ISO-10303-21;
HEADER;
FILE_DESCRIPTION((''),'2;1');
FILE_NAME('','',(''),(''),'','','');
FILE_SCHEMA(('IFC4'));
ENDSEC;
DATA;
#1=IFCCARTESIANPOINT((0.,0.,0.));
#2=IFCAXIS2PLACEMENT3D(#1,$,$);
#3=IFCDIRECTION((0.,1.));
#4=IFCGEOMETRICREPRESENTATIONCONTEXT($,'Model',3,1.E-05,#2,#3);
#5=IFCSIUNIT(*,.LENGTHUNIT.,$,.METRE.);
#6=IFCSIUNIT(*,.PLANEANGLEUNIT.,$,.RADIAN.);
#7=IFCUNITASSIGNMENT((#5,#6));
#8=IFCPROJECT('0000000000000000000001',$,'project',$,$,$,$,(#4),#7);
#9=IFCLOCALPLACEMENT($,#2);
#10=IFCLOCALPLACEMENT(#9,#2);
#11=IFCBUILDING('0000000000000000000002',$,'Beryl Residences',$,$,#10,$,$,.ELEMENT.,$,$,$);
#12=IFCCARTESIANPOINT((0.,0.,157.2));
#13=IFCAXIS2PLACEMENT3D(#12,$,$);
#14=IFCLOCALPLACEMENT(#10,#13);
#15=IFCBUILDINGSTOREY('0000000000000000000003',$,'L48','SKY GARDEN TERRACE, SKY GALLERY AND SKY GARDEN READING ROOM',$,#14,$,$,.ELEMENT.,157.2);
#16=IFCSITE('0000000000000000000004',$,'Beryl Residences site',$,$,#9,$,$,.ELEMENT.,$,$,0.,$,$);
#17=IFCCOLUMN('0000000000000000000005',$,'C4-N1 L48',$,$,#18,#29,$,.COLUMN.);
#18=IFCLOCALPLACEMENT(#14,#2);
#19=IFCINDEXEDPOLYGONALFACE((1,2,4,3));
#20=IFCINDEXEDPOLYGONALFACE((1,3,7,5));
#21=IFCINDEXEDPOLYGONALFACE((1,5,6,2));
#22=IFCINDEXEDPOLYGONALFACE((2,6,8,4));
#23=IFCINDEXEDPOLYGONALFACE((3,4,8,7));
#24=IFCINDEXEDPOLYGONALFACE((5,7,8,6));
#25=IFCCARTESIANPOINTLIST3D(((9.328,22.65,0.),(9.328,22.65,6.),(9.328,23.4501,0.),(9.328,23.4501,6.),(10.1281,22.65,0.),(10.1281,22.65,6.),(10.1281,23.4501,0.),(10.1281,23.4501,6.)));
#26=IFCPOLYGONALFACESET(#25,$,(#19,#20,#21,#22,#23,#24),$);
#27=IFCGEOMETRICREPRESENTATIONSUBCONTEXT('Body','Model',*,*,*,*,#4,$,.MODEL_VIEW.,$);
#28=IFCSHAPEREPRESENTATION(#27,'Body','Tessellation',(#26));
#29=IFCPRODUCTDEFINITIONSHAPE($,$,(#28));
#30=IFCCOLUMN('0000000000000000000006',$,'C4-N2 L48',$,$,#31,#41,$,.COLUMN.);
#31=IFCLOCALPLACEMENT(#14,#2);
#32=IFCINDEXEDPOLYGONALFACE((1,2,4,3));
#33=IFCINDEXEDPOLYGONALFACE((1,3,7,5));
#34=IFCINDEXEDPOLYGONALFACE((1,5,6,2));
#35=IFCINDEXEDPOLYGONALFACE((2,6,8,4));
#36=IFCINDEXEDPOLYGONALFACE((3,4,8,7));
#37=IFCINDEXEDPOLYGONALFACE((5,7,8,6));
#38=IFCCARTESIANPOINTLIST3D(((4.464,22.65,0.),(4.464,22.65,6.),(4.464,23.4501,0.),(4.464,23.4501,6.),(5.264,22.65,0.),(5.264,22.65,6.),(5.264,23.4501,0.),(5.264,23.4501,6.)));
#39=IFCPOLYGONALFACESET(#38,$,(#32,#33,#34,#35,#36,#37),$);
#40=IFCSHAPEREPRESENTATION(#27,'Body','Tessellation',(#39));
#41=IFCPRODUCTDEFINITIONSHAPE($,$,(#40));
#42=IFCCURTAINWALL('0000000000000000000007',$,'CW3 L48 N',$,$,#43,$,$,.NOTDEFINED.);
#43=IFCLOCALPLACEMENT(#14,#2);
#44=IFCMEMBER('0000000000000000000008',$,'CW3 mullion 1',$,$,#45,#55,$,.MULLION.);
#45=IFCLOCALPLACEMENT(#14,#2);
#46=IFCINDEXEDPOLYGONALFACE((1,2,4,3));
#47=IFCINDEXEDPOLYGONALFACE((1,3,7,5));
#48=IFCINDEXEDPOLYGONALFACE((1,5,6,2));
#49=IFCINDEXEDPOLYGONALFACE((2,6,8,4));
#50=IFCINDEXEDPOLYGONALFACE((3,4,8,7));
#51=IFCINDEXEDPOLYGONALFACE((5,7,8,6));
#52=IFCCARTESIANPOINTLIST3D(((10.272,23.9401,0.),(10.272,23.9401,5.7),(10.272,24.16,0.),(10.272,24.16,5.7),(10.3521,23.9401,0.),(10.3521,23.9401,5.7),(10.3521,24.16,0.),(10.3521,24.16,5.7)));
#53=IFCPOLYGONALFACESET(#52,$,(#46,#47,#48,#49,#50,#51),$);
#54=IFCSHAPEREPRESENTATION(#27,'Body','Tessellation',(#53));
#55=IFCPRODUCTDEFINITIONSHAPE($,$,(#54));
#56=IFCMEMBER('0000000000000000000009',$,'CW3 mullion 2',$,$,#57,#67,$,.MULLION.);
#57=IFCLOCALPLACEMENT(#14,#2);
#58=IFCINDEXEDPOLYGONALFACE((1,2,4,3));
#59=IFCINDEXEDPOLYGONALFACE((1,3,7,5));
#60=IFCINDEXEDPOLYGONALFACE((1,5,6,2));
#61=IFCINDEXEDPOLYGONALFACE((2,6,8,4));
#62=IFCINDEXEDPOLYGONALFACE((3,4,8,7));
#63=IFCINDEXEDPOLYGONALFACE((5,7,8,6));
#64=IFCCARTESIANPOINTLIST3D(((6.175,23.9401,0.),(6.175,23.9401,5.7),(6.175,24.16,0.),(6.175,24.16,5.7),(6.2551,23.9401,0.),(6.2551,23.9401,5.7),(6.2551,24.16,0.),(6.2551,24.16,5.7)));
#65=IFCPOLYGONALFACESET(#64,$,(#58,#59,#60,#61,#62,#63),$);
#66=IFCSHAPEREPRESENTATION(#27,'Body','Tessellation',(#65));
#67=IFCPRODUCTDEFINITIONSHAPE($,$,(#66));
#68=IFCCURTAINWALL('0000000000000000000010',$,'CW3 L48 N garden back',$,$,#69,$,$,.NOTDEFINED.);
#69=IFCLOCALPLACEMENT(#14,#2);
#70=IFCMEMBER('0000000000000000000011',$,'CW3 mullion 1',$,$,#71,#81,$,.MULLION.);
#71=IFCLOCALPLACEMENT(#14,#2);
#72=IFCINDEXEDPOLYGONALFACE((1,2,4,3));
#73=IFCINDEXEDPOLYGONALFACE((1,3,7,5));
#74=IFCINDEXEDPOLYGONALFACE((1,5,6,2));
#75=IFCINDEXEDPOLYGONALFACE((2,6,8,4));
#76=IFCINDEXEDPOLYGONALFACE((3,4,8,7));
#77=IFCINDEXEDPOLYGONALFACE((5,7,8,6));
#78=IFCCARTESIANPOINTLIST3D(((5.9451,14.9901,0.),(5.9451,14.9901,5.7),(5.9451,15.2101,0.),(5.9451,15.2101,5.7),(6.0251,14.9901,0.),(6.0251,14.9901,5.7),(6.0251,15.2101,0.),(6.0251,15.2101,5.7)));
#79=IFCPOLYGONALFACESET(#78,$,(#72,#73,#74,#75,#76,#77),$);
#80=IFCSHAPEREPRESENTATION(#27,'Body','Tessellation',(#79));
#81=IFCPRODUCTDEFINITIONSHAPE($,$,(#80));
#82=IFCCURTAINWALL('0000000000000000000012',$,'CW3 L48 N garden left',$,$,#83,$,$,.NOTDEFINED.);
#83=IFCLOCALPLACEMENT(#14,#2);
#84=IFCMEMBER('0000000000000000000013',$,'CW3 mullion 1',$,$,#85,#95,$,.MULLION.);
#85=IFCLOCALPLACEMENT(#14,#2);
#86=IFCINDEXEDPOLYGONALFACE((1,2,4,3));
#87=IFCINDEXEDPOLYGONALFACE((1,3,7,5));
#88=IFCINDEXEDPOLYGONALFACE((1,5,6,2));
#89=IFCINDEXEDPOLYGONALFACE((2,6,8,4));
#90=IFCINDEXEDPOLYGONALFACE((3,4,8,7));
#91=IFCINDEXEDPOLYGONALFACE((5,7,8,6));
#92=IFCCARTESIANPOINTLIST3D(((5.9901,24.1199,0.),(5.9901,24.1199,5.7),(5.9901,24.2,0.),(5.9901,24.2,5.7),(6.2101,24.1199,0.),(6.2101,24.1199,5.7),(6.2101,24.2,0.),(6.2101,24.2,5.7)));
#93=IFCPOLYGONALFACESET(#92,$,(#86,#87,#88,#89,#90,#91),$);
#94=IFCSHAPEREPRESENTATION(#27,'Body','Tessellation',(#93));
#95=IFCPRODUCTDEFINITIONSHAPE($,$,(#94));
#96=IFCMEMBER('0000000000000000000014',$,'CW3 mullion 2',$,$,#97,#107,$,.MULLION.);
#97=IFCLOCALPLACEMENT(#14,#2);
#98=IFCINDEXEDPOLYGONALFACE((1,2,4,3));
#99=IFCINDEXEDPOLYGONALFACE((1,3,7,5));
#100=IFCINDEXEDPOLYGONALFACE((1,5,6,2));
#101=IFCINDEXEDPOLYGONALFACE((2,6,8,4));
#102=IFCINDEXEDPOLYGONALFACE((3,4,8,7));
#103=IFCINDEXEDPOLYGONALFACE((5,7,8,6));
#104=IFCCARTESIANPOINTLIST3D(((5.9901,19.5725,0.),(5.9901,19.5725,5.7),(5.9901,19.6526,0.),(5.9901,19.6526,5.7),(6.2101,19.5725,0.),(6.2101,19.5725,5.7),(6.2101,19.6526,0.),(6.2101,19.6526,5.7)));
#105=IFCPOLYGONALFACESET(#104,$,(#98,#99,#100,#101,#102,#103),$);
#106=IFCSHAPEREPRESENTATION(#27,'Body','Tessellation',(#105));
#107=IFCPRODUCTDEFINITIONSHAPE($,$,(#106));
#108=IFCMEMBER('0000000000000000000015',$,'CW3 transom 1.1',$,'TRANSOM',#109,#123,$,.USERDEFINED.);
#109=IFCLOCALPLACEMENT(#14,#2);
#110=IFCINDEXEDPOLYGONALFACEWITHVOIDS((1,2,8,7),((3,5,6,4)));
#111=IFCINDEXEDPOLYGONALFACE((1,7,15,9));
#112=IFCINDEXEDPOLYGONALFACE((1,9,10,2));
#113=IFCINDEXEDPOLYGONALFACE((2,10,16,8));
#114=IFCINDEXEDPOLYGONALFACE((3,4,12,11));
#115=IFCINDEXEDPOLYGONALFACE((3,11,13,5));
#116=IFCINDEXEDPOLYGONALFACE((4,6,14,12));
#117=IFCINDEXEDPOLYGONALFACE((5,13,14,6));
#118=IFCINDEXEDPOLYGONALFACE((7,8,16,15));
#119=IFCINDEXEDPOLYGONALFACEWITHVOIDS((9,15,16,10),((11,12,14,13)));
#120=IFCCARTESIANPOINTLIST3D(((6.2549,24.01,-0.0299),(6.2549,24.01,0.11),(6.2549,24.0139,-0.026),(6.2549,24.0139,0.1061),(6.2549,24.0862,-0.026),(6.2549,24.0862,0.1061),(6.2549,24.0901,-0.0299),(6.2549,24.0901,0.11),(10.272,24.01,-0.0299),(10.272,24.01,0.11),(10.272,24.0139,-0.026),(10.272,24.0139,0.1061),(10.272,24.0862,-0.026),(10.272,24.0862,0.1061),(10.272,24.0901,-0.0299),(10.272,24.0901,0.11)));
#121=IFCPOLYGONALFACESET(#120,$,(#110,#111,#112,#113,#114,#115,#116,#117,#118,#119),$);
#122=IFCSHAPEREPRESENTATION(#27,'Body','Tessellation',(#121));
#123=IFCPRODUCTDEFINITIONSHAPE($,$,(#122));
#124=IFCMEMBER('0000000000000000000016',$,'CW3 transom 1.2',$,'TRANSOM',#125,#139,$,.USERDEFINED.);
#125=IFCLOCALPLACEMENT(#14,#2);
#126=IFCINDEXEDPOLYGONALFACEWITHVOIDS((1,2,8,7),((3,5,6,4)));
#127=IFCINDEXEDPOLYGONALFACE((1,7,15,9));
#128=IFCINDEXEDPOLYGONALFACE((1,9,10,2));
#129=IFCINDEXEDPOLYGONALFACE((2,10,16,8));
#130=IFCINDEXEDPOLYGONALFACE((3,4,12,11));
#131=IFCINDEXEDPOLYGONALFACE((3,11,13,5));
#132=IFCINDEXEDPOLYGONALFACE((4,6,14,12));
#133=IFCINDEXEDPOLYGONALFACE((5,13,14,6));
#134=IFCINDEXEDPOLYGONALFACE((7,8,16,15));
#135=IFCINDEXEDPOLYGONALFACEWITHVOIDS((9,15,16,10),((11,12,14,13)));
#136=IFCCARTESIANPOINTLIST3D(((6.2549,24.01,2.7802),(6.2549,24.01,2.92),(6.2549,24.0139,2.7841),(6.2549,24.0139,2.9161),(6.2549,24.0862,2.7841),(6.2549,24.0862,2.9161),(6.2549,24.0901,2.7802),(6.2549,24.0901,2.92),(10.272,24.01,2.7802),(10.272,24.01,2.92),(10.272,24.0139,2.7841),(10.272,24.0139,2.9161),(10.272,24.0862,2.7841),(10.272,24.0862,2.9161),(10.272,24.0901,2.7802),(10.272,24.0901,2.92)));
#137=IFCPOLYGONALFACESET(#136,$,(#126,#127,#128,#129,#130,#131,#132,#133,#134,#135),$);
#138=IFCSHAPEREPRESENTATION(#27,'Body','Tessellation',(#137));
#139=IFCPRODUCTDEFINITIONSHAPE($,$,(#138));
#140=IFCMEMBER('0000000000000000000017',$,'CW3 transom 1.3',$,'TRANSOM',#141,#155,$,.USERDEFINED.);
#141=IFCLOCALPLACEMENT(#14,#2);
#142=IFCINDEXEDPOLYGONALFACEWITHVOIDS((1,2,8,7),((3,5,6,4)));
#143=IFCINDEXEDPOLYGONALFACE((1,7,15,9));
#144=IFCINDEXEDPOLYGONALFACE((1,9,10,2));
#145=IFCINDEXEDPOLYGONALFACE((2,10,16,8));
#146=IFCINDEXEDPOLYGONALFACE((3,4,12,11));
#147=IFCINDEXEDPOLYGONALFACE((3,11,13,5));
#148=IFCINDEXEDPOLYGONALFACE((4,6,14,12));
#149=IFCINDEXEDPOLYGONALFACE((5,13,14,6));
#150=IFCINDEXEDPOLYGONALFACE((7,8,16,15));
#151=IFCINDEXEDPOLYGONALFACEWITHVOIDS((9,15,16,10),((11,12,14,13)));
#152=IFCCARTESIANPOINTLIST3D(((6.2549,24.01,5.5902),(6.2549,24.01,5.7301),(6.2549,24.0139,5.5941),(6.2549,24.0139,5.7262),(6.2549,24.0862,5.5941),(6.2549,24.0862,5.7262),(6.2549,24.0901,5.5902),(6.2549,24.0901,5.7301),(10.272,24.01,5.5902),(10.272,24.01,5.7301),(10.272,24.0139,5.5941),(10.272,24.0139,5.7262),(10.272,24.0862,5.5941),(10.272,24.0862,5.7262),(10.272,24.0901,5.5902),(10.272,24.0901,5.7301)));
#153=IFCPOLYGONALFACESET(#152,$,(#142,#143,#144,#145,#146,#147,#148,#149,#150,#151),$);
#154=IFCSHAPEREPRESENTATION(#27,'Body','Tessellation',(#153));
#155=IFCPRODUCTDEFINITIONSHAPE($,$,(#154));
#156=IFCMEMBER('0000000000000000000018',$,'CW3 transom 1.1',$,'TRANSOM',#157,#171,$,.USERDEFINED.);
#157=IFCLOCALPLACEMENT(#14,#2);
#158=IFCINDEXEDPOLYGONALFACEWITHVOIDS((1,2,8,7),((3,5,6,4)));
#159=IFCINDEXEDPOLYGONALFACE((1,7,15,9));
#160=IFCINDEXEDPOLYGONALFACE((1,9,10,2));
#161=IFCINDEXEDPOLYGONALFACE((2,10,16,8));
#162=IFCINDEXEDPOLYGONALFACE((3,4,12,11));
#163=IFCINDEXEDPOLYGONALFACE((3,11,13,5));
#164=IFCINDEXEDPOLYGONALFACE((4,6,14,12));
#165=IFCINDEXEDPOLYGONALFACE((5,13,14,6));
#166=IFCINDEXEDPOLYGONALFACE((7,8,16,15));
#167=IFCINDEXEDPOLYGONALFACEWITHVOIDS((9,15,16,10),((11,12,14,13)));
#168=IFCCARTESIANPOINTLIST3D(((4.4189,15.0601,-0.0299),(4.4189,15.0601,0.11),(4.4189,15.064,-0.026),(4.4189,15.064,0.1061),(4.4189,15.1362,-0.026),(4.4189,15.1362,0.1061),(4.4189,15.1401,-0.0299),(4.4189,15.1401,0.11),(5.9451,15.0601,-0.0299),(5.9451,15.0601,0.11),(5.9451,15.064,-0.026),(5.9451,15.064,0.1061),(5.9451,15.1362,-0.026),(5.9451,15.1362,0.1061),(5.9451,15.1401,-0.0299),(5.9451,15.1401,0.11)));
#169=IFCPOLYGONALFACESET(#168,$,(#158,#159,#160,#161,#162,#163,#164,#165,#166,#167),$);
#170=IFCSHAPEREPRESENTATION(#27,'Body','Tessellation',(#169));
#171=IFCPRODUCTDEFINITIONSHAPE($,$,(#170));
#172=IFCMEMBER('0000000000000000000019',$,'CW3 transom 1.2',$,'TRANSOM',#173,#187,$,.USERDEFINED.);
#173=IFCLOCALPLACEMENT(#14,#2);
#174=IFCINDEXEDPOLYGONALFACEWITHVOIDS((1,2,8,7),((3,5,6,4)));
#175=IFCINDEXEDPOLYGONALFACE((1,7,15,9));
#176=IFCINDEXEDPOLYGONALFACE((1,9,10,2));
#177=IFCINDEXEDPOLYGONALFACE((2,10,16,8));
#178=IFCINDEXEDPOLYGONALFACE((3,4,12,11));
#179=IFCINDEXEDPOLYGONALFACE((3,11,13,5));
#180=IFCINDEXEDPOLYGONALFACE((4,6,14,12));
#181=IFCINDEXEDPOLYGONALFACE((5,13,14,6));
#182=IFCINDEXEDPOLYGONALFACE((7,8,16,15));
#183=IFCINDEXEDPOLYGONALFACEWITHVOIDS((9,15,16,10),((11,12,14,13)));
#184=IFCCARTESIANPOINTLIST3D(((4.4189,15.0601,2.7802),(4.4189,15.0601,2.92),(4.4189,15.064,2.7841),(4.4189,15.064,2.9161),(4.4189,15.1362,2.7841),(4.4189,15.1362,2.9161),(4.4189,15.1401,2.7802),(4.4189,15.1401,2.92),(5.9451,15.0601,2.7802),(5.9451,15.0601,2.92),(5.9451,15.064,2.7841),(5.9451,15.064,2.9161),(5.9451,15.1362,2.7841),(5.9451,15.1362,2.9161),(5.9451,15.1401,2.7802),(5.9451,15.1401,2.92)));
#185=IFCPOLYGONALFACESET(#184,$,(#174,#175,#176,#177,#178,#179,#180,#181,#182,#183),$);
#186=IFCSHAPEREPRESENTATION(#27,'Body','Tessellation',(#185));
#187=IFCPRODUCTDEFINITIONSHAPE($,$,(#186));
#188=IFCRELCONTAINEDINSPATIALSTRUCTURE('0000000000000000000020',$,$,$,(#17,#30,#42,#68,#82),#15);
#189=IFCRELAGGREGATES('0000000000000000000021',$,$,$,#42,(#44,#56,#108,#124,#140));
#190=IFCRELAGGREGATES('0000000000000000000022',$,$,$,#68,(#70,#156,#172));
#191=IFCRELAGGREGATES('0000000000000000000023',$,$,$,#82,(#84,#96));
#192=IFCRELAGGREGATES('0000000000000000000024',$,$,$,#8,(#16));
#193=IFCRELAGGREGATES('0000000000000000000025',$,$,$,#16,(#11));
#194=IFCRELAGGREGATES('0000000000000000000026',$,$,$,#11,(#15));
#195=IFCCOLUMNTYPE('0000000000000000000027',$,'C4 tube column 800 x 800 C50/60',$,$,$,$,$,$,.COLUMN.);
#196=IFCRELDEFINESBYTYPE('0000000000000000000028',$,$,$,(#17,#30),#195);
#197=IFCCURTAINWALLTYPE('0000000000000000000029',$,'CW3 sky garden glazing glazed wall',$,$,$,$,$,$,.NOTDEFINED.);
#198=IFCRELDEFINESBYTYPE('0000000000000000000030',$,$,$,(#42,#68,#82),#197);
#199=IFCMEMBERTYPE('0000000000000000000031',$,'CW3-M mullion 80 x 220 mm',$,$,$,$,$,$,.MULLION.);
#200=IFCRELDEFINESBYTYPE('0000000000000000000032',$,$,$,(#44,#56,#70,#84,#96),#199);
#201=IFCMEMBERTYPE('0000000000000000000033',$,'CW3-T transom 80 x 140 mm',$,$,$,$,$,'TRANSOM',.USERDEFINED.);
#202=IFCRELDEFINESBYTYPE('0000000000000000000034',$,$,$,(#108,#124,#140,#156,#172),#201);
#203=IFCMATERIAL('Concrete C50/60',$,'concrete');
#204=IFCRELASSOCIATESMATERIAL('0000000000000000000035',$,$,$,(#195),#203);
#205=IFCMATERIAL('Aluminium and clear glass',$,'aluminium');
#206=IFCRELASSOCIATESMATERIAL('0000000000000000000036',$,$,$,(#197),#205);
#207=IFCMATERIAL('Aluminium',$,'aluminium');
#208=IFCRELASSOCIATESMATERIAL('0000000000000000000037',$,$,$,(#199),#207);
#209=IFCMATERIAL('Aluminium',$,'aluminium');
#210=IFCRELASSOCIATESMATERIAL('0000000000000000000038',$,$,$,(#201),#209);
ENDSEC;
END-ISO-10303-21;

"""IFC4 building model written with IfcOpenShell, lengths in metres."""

from ifc_helpers import new_model, si_unit, direction, frame, origin, origin_2d, place, context, subcontext, project, spatial, rectangle, hollow_rectangle, extrude, material, material_profile, profile_set, type_object, element, aggregate, save


model = new_model("IFC4")

# Units and contexts
model_context = context("Model", 3, precision=1e-05, world=origin(), true_north=direction((0.0, 1.0)))
body_context = subcontext(model_context, "Body", "Model", "MODEL_VIEW")
ifc_project = project(units=[si_unit("LENGTHUNIT", "METRE"), si_unit("PLANEANGLEUNIT", "RADIAN")], contexts=[model_context])

# Site, building, storey
site_placement = place(None, origin())
site = spatial("IfcSite", under=ifc_project, at=site_placement, Name="Beryl Residences site", CompositionType="ELEMENT", RefElevation=0.0)
building_placement = place(site_placement, origin())
building = spatial("IfcBuilding", under=site, at=building_placement, Name="Beryl Residences", CompositionType="ELEMENT")
storey_placement = place(building_placement, frame((0.0, 0.0, 157.2)))
storey = spatial("IfcBuildingStorey", under=building, at=storey_placement, Name="L48", Description="SKY GARDEN TERRACE, SKY GALLERY AND SKY GARDEN READING ROOM", CompositionType="ELEMENT", Elevation=157.2)

# Columns
ifc_material_1 = material(Name="Concrete C50/60", Category="concrete")
ifc_material_profile_1 = material_profile(ifc_material_1, rectangle(XDim=0.8, YDim=0.8, at=origin_2d()))
ifc_profile_set_1 = profile_set([ifc_material_profile_1], Name="Concrete C50/60")
column_type = type_object("IfcColumnType", Name="C4 tube column 800 x 800 C50/60", PredefinedType="COLUMN", material=ifc_profile_set_1)
for number, where, z_axis, x_axis, name in (
    (1, (9.728, 23.05, 0.0), (0.0, 0.0, 1.0), (-1.0, 0.0, 0.0), "C4-N1 L48"),
    (2, (4.864, 23.05, 0.0), (0.0, 0.0, 1.0), (-1.0, 0.0, 0.0), "C4-N2 L48"),
):
    element("IfcColumn", number, at=place(storey_placement, frame(where, z_axis=z_axis, x_axis=x_axis)), inside=storey, type_object=column_type, Name=name, PredefinedType="COLUMN", context=body_context, shape_type="SweptSolid", body=[
        extrude(rectangle(XDim=0.8, YDim=0.8, at=origin_2d()), origin(), (0.0, 0.0, 1.0), 6.0),
    ])

# Curtain wall, members
ifc_material_2 = material(Name="Aluminium and clear glass", Category="aluminium")
curtain_wall_type = type_object("IfcCurtainWallType", Name="CW3 sky garden glazing glazed wall", PredefinedType="NOTDEFINED", material=ifc_material_2)
curtain_wall_1_placement = place(storey_placement, origin())
curtain_wall_1 = element("IfcCurtainWall", 3, at=curtain_wall_1_placement, inside=storey, type_object=curtain_wall_type, Name="CW3 L48 N", PredefinedType="NOTDEFINED")
ifc_material_3 = material(Name="Aluminium", Category="aluminium")
ifc_material_profile_2 = material_profile(ifc_material_3, rectangle(XDim=0.0801, YDim=0.22, at=origin_2d()))
ifc_profile_set_2 = profile_set([ifc_material_profile_2], Name="Aluminium")
member_type_1 = type_object("IfcMemberType", Name="CW3-M mullion 80 x 220 mm", PredefinedType="MULLION", material=ifc_profile_set_2)
member_1_placement = place(storey_placement, frame((10.312, 24.05, 0.0), z_axis=(0.0, 0.0, 1.0), x_axis=(-1.0, 0.0, 0.0)))
member_1 = element("IfcMember", 4, at=member_1_placement, type_object=member_type_1, Name="CW3 mullion 1", PredefinedType="MULLION", context=body_context, shape_type="SweptSolid", body=[
    extrude(rectangle(XDim=0.0801, YDim=0.22, at=origin_2d()), origin(), (0.0, 0.0, 1.0), 5.7),
])
member_2_placement = place(storey_placement, frame((6.2151, 24.05, 0.0), z_axis=(0.0, 0.0, 1.0), x_axis=(-1.0, 0.0, 0.0)))
member_2 = element("IfcMember", 5, at=member_2_placement, type_object=member_type_1, Name="CW3 mullion 2", PredefinedType="MULLION", context=body_context, shape_type="SweptSolid", body=[
    extrude(rectangle(XDim=0.0801, YDim=0.22, at=origin_2d()), origin(), (0.0, 0.0, 1.0), 5.7),
])

# Curtain wall, member
curtain_wall_2_placement = place(storey_placement, origin())
curtain_wall_2 = element("IfcCurtainWall", 6, at=curtain_wall_2_placement, inside=storey, type_object=curtain_wall_type, Name="CW3 L48 N garden back", PredefinedType="NOTDEFINED")
member_3_placement = place(storey_placement, frame((5.9851, 15.1001, 0.0), z_axis=(0.0, 0.0, 1.0), x_axis=(-1.0, 0.0, 0.0)))
member_3 = element("IfcMember", 7, at=member_3_placement, type_object=member_type_1, Name="CW3 mullion 1", PredefinedType="MULLION", context=body_context, shape_type="SweptSolid", body=[
    extrude(rectangle(XDim=0.0801, YDim=0.22, at=origin_2d()), origin(), (0.0, 0.0, 1.0), 5.7),
])

# Curtain wall, members
curtain_wall_3_placement = place(storey_placement, origin())
curtain_wall_3 = element("IfcCurtainWall", 8, at=curtain_wall_3_placement, inside=storey, type_object=curtain_wall_type, Name="CW3 L48 N garden left", PredefinedType="NOTDEFINED")
member_4_placement = place(storey_placement, frame((6.1001, 24.1599, 0.0), z_axis=(0.0, 0.0, 1.0), x_axis=(0.0, -1.0, 0.0)))
member_4 = element("IfcMember", 9, at=member_4_placement, type_object=member_type_1, Name="CW3 mullion 1", PredefinedType="MULLION", context=body_context, shape_type="SweptSolid", body=[
    extrude(rectangle(XDim=0.0801, YDim=0.22, at=origin_2d()), origin(), (0.0, 0.0, 1.0), 5.7),
])
member_5_placement = place(storey_placement, frame((6.1001, 19.6125, 0.0), z_axis=(0.0, 0.0, 1.0), x_axis=(0.0, -1.0, 0.0)))
member_5 = element("IfcMember", 10, at=member_5_placement, type_object=member_type_1, Name="CW3 mullion 2", PredefinedType="MULLION", context=body_context, shape_type="SweptSolid", body=[
    extrude(rectangle(XDim=0.0801, YDim=0.22, at=origin_2d()), origin(), (0.0, 0.0, 1.0), 5.7),
])

# Members
ifc_material_4 = material(Name="Aluminium", Category="aluminium")
ifc_material_profile_3 = material_profile(ifc_material_4, hollow_rectangle(XDim=0.0801, YDim=0.1399, WallThickness=0.0039, at=origin_2d()))
ifc_profile_set_3 = profile_set([ifc_material_profile_3], Name="Aluminium")
member_type_2 = type_object("IfcMemberType", Name="CW3-T transom 80 x 140 mm", ElementType="TRANSOM", PredefinedType="USERDEFINED", material=ifc_profile_set_3)
member_6_placement = place(storey_placement, frame((10.272, 24.05, 0.04), z_axis=(-1.0, 0.0, 0.0), x_axis=(0.0, -1.0, 0.0)))
member_6 = element("IfcMember", 11, at=member_6_placement, type_object=member_type_2, Name="CW3 transom 1.1", ObjectType="TRANSOM", PredefinedType="USERDEFINED", context=body_context, shape_type="SweptSolid", body=[
    extrude(hollow_rectangle(XDim=0.0801, YDim=0.1399, WallThickness=0.0039, at=origin_2d()), origin(), (0.0, 0.0, 1.0), 4.0171),
])
member_7_placement = place(storey_placement, frame((10.272, 24.05, 2.8501), z_axis=(-1.0, 0.0, 0.0), x_axis=(0.0, -1.0, 0.0)))
member_7 = element("IfcMember", 12, at=member_7_placement, type_object=member_type_2, Name="CW3 transom 1.2", ObjectType="TRANSOM", PredefinedType="USERDEFINED", context=body_context, shape_type="SweptSolid", body=[
    extrude(hollow_rectangle(XDim=0.0801, YDim=0.1399, WallThickness=0.0039, at=origin_2d()), origin(), (0.0, 0.0, 1.0), 4.0171),
])
member_8_placement = place(storey_placement, frame((10.272, 24.05, 5.6602), z_axis=(-1.0, 0.0, 0.0), x_axis=(0.0, -1.0, 0.0)))
member_8 = element("IfcMember", 13, at=member_8_placement, type_object=member_type_2, Name="CW3 transom 1.3", ObjectType="TRANSOM", PredefinedType="USERDEFINED", context=body_context, shape_type="SweptSolid", body=[
    extrude(hollow_rectangle(XDim=0.0801, YDim=0.1399, WallThickness=0.0039, at=origin_2d()), origin(), (0.0, 0.0, 1.0), 4.0171),
])
member_9_placement = place(storey_placement, frame((5.9451, 15.1001, 0.04), z_axis=(-1.0, 0.0, 0.0), x_axis=(0.0, -1.0, 0.0)))
member_9 = element("IfcMember", 14, at=member_9_placement, type_object=member_type_2, Name="CW3 transom 1.1", ObjectType="TRANSOM", PredefinedType="USERDEFINED", context=body_context, shape_type="SweptSolid", body=[
    extrude(hollow_rectangle(XDim=0.0801, YDim=0.1399, WallThickness=0.0039, at=origin_2d()), origin(), (0.0, 0.0, 1.0), 1.5261),
])
member_10_placement = place(storey_placement, frame((5.9451, 15.1001, 2.8501), z_axis=(-1.0, 0.0, 0.0), x_axis=(0.0, -1.0, 0.0)))
member_10 = element("IfcMember", 15, at=member_10_placement, type_object=member_type_2, Name="CW3 transom 1.2", ObjectType="TRANSOM", PredefinedType="USERDEFINED", context=body_context, shape_type="SweptSolid", body=[
    extrude(hollow_rectangle(XDim=0.0801, YDim=0.1399, WallThickness=0.0039, at=origin_2d()), origin(), (0.0, 0.0, 1.0), 1.5261),
])

aggregate(curtain_wall_1, [member_1, member_2, member_6, member_7, member_8])
aggregate(curtain_wall_2, [member_3, member_9, member_10])
aggregate(curtain_wall_3, [member_4, member_5])

save(model, "model.ifc")
